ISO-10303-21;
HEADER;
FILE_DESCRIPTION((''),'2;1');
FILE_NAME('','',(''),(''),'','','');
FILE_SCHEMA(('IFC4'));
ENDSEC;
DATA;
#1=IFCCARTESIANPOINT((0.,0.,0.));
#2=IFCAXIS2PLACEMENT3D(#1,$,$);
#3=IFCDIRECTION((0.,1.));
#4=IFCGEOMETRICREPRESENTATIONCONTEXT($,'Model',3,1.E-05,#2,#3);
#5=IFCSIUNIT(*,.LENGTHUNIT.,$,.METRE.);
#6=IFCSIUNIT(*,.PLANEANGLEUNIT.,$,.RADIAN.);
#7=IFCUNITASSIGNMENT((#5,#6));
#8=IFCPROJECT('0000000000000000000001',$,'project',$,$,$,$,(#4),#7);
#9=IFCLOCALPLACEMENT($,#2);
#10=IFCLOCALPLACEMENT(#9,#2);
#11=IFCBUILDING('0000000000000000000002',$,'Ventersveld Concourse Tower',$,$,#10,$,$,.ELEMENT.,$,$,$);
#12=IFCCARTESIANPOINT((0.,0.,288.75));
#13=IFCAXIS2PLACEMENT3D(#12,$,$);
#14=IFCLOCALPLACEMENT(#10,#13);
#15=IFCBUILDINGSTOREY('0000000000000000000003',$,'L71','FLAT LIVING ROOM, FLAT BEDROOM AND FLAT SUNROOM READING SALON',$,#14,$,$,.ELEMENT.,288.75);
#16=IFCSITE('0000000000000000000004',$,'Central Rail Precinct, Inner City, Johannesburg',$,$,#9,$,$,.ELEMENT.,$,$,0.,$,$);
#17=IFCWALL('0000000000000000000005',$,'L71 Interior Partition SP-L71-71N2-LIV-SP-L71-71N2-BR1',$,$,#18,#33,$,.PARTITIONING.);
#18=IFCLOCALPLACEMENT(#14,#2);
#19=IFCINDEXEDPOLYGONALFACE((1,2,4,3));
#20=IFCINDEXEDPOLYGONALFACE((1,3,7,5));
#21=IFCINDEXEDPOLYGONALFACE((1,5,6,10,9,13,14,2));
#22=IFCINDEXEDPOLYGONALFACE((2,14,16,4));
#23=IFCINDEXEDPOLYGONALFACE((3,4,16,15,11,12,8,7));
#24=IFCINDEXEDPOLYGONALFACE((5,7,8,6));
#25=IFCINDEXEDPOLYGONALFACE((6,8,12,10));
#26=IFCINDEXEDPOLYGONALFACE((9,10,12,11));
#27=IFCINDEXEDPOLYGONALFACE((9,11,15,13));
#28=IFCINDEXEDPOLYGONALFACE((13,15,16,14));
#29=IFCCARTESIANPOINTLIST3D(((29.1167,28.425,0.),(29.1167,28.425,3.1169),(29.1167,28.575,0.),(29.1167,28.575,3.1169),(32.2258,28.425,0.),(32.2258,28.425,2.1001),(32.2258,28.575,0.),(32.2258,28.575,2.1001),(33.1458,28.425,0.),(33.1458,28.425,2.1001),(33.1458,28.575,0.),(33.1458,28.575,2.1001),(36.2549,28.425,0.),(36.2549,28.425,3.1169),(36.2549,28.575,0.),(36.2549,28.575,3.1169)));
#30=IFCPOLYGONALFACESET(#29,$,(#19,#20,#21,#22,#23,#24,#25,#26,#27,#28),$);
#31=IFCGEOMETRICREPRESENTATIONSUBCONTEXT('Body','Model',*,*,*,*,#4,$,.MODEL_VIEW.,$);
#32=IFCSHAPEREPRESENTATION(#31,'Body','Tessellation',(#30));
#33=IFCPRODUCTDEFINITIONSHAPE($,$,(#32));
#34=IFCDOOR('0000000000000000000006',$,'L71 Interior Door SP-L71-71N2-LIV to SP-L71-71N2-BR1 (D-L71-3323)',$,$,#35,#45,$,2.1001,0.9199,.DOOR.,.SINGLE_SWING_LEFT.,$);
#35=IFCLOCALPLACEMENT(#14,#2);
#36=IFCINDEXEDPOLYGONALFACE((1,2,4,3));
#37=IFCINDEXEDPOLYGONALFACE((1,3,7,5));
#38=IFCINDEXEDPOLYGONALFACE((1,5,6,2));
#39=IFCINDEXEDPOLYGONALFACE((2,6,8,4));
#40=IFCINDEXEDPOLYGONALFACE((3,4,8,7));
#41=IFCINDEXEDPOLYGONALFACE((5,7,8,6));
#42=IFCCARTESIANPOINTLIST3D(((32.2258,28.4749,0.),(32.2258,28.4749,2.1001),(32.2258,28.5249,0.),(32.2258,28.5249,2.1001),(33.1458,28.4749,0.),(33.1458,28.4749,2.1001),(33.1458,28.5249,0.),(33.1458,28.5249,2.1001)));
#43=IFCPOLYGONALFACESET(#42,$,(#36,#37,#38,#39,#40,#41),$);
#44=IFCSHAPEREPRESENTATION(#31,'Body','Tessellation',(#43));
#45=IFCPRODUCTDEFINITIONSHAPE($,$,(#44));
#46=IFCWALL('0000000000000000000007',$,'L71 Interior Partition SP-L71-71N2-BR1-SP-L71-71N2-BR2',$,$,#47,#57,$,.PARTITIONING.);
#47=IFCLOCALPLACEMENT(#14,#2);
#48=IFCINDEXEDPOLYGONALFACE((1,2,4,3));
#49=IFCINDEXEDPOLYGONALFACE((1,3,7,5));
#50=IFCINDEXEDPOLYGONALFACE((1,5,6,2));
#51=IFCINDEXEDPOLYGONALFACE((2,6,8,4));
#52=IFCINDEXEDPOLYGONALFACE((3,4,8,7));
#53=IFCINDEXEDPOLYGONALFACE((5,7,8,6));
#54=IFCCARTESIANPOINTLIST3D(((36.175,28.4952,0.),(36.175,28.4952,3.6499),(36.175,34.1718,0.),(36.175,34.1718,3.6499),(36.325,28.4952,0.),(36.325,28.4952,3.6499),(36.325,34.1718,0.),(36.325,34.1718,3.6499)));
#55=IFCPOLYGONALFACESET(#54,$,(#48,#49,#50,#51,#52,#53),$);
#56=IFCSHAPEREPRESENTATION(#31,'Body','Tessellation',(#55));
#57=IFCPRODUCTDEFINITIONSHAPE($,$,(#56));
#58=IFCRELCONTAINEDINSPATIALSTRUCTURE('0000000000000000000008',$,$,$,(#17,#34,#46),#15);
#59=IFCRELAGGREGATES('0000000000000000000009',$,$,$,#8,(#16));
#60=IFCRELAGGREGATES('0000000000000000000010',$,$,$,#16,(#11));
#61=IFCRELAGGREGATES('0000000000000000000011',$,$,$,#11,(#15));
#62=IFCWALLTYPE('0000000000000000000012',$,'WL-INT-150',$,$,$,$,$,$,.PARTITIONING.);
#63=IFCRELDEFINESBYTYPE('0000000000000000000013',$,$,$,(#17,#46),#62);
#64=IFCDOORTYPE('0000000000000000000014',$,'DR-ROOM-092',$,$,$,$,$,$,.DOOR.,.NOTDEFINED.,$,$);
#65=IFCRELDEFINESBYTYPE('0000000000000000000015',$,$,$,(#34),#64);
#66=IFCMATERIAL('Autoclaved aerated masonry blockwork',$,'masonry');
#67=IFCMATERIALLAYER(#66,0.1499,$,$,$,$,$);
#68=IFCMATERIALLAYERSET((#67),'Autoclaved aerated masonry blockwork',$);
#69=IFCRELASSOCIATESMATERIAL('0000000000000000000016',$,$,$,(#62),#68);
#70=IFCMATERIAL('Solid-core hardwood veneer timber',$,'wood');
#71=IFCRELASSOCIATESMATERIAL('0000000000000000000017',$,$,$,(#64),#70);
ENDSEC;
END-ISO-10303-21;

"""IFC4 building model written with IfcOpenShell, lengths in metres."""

from ifc_helpers import new_model, si_unit, direction, frame, frame_2d, origin, place, context, subcontext, project, spatial, rectangle, extrude, material, layer, layer_set, type_object, element, fill, save


model = new_model("IFC4")

# Units and contexts
model_context = context("Model", 3, precision=1e-05, world=origin(), true_north=direction((0.0, 1.0)))
body_context = subcontext(model_context, "Body", "Model", "MODEL_VIEW")
ifc_project = project(units=[si_unit("LENGTHUNIT", "METRE"), si_unit("PLANEANGLEUNIT", "RADIAN")], contexts=[model_context])

# Site, building, storey
site_placement = place(None, origin())
site = spatial("IfcSite", under=ifc_project, at=site_placement, Name="Central Rail Precinct, Inner City, Johannesburg", CompositionType="ELEMENT", RefElevation=0.0)
building_placement = place(site_placement, origin())
building = spatial("IfcBuilding", under=site, at=building_placement, Name="Ventersveld Concourse Tower", CompositionType="ELEMENT")
storey_placement = place(building_placement, frame((0.0, 0.0, 288.75)))
storey = spatial("IfcBuildingStorey", under=building, at=storey_placement, Name="L71", Description="FLAT LIVING ROOM, FLAT BEDROOM AND FLAT SUNROOM READING SALON", CompositionType="ELEMENT", Elevation=288.75)

# Shared definitions
ifc_material_1 = material(Name="Autoclaved aerated masonry blockwork", Category="masonry")
ifc_layer_1 = layer(ifc_material_1, 0.1499)
ifc_layer_set_1 = layer_set([ifc_layer_1], Name="Autoclaved aerated masonry blockwork")
wall_type_1 = type_object("IfcWallType", Name="WL-INT-150", PredefinedType="PARTITIONING", material=ifc_layer_set_1)

# Wall, opening, door
wall_1_placement = place(storey_placement, frame((29.1167, 28.5, 0.0), z_axis=(0.0, 0.0, 1.0), x_axis=(1.0, 0.0, 0.0)))
wall_1 = element("IfcWall", 1, at=wall_1_placement, inside=storey, type_object=wall_type_1, Name="L71 Interior Partition SP-L71-71N2-LIV-SP-L71-71N2-BR1", PredefinedType="PARTITIONING", context=body_context, shape_type="SweptSolid", body=[
    extrude(rectangle(XDim=7.1382, YDim=0.1499, at=frame_2d((3.5691, 0.0))), origin(), (0.0, 0.0, 1.0), 3.1169),
])
opening_placement = place(wall_1_placement, frame((3.1091, 0.0, 0.0)))
opening = element("IfcOpeningElement", 2, at=opening_placement, cuts=wall_1, PredefinedType="OPENING", context=body_context, shape_type="SweptSolid", body=[
    extrude(rectangle(XDim=0.9199, YDim=2.1001, at=frame_2d((0.46, 1.05))), frame((0.0, 0.085, 0.0), z_axis=(0.0, -1.0, 0.0), x_axis=(1.0, 0.0, 0.0)), (0.0, 0.0, 1.0), 0.1699),
])
ifc_material_2 = material(Name="Solid-core hardwood veneer timber", Category="wood")
door_type = type_object("IfcDoorType", Name="DR-ROOM-092", OperationType="NOTDEFINED", PredefinedType="DOOR", material=ifc_material_2)
door_placement = place(opening_placement, origin())
door = element("IfcDoor", 3, at=door_placement, inside=storey, type_object=door_type, Name="L71 Interior Door SP-L71-71N2-LIV to SP-L71-71N2-BR1 (D-L71-3323)", OperationType="SINGLE_SWING_LEFT", OverallHeight=2.1001, OverallWidth=0.9199, PredefinedType="DOOR", context=body_context, shape_type="SweptSolid", body=[
    extrude(rectangle(XDim=0.9199, YDim=2.1001, at=frame_2d((0.46, 1.05))), frame((0.0, 0.0249, 0.0), z_axis=(0.0, -1.0, 0.0), x_axis=(1.0, 0.0, 0.0)), (0.0, 0.0, 1.0), 0.05),
])
fill(opening, door)

# Wall
wall_2_placement = place(storey_placement, frame((36.25, 28.4951, 0.0), z_axis=(0.0, 0.0, 1.0), x_axis=(0.0, 1.0, 0.0)))
element("IfcWall", 4, at=wall_2_placement, inside=storey, type_object=wall_type_1, Name="L71 Interior Partition SP-L71-71N2-BR1-SP-L71-71N2-BR2", PredefinedType="PARTITIONING", context=body_context, shape_type="SweptSolid", body=[
    extrude(rectangle(XDim=5.6765, YDim=0.1499, at=frame_2d((2.8384, 0.0))), origin(), (0.0, 0.0, 1.0), 3.6499),
])

save(model, "model.ifc")
